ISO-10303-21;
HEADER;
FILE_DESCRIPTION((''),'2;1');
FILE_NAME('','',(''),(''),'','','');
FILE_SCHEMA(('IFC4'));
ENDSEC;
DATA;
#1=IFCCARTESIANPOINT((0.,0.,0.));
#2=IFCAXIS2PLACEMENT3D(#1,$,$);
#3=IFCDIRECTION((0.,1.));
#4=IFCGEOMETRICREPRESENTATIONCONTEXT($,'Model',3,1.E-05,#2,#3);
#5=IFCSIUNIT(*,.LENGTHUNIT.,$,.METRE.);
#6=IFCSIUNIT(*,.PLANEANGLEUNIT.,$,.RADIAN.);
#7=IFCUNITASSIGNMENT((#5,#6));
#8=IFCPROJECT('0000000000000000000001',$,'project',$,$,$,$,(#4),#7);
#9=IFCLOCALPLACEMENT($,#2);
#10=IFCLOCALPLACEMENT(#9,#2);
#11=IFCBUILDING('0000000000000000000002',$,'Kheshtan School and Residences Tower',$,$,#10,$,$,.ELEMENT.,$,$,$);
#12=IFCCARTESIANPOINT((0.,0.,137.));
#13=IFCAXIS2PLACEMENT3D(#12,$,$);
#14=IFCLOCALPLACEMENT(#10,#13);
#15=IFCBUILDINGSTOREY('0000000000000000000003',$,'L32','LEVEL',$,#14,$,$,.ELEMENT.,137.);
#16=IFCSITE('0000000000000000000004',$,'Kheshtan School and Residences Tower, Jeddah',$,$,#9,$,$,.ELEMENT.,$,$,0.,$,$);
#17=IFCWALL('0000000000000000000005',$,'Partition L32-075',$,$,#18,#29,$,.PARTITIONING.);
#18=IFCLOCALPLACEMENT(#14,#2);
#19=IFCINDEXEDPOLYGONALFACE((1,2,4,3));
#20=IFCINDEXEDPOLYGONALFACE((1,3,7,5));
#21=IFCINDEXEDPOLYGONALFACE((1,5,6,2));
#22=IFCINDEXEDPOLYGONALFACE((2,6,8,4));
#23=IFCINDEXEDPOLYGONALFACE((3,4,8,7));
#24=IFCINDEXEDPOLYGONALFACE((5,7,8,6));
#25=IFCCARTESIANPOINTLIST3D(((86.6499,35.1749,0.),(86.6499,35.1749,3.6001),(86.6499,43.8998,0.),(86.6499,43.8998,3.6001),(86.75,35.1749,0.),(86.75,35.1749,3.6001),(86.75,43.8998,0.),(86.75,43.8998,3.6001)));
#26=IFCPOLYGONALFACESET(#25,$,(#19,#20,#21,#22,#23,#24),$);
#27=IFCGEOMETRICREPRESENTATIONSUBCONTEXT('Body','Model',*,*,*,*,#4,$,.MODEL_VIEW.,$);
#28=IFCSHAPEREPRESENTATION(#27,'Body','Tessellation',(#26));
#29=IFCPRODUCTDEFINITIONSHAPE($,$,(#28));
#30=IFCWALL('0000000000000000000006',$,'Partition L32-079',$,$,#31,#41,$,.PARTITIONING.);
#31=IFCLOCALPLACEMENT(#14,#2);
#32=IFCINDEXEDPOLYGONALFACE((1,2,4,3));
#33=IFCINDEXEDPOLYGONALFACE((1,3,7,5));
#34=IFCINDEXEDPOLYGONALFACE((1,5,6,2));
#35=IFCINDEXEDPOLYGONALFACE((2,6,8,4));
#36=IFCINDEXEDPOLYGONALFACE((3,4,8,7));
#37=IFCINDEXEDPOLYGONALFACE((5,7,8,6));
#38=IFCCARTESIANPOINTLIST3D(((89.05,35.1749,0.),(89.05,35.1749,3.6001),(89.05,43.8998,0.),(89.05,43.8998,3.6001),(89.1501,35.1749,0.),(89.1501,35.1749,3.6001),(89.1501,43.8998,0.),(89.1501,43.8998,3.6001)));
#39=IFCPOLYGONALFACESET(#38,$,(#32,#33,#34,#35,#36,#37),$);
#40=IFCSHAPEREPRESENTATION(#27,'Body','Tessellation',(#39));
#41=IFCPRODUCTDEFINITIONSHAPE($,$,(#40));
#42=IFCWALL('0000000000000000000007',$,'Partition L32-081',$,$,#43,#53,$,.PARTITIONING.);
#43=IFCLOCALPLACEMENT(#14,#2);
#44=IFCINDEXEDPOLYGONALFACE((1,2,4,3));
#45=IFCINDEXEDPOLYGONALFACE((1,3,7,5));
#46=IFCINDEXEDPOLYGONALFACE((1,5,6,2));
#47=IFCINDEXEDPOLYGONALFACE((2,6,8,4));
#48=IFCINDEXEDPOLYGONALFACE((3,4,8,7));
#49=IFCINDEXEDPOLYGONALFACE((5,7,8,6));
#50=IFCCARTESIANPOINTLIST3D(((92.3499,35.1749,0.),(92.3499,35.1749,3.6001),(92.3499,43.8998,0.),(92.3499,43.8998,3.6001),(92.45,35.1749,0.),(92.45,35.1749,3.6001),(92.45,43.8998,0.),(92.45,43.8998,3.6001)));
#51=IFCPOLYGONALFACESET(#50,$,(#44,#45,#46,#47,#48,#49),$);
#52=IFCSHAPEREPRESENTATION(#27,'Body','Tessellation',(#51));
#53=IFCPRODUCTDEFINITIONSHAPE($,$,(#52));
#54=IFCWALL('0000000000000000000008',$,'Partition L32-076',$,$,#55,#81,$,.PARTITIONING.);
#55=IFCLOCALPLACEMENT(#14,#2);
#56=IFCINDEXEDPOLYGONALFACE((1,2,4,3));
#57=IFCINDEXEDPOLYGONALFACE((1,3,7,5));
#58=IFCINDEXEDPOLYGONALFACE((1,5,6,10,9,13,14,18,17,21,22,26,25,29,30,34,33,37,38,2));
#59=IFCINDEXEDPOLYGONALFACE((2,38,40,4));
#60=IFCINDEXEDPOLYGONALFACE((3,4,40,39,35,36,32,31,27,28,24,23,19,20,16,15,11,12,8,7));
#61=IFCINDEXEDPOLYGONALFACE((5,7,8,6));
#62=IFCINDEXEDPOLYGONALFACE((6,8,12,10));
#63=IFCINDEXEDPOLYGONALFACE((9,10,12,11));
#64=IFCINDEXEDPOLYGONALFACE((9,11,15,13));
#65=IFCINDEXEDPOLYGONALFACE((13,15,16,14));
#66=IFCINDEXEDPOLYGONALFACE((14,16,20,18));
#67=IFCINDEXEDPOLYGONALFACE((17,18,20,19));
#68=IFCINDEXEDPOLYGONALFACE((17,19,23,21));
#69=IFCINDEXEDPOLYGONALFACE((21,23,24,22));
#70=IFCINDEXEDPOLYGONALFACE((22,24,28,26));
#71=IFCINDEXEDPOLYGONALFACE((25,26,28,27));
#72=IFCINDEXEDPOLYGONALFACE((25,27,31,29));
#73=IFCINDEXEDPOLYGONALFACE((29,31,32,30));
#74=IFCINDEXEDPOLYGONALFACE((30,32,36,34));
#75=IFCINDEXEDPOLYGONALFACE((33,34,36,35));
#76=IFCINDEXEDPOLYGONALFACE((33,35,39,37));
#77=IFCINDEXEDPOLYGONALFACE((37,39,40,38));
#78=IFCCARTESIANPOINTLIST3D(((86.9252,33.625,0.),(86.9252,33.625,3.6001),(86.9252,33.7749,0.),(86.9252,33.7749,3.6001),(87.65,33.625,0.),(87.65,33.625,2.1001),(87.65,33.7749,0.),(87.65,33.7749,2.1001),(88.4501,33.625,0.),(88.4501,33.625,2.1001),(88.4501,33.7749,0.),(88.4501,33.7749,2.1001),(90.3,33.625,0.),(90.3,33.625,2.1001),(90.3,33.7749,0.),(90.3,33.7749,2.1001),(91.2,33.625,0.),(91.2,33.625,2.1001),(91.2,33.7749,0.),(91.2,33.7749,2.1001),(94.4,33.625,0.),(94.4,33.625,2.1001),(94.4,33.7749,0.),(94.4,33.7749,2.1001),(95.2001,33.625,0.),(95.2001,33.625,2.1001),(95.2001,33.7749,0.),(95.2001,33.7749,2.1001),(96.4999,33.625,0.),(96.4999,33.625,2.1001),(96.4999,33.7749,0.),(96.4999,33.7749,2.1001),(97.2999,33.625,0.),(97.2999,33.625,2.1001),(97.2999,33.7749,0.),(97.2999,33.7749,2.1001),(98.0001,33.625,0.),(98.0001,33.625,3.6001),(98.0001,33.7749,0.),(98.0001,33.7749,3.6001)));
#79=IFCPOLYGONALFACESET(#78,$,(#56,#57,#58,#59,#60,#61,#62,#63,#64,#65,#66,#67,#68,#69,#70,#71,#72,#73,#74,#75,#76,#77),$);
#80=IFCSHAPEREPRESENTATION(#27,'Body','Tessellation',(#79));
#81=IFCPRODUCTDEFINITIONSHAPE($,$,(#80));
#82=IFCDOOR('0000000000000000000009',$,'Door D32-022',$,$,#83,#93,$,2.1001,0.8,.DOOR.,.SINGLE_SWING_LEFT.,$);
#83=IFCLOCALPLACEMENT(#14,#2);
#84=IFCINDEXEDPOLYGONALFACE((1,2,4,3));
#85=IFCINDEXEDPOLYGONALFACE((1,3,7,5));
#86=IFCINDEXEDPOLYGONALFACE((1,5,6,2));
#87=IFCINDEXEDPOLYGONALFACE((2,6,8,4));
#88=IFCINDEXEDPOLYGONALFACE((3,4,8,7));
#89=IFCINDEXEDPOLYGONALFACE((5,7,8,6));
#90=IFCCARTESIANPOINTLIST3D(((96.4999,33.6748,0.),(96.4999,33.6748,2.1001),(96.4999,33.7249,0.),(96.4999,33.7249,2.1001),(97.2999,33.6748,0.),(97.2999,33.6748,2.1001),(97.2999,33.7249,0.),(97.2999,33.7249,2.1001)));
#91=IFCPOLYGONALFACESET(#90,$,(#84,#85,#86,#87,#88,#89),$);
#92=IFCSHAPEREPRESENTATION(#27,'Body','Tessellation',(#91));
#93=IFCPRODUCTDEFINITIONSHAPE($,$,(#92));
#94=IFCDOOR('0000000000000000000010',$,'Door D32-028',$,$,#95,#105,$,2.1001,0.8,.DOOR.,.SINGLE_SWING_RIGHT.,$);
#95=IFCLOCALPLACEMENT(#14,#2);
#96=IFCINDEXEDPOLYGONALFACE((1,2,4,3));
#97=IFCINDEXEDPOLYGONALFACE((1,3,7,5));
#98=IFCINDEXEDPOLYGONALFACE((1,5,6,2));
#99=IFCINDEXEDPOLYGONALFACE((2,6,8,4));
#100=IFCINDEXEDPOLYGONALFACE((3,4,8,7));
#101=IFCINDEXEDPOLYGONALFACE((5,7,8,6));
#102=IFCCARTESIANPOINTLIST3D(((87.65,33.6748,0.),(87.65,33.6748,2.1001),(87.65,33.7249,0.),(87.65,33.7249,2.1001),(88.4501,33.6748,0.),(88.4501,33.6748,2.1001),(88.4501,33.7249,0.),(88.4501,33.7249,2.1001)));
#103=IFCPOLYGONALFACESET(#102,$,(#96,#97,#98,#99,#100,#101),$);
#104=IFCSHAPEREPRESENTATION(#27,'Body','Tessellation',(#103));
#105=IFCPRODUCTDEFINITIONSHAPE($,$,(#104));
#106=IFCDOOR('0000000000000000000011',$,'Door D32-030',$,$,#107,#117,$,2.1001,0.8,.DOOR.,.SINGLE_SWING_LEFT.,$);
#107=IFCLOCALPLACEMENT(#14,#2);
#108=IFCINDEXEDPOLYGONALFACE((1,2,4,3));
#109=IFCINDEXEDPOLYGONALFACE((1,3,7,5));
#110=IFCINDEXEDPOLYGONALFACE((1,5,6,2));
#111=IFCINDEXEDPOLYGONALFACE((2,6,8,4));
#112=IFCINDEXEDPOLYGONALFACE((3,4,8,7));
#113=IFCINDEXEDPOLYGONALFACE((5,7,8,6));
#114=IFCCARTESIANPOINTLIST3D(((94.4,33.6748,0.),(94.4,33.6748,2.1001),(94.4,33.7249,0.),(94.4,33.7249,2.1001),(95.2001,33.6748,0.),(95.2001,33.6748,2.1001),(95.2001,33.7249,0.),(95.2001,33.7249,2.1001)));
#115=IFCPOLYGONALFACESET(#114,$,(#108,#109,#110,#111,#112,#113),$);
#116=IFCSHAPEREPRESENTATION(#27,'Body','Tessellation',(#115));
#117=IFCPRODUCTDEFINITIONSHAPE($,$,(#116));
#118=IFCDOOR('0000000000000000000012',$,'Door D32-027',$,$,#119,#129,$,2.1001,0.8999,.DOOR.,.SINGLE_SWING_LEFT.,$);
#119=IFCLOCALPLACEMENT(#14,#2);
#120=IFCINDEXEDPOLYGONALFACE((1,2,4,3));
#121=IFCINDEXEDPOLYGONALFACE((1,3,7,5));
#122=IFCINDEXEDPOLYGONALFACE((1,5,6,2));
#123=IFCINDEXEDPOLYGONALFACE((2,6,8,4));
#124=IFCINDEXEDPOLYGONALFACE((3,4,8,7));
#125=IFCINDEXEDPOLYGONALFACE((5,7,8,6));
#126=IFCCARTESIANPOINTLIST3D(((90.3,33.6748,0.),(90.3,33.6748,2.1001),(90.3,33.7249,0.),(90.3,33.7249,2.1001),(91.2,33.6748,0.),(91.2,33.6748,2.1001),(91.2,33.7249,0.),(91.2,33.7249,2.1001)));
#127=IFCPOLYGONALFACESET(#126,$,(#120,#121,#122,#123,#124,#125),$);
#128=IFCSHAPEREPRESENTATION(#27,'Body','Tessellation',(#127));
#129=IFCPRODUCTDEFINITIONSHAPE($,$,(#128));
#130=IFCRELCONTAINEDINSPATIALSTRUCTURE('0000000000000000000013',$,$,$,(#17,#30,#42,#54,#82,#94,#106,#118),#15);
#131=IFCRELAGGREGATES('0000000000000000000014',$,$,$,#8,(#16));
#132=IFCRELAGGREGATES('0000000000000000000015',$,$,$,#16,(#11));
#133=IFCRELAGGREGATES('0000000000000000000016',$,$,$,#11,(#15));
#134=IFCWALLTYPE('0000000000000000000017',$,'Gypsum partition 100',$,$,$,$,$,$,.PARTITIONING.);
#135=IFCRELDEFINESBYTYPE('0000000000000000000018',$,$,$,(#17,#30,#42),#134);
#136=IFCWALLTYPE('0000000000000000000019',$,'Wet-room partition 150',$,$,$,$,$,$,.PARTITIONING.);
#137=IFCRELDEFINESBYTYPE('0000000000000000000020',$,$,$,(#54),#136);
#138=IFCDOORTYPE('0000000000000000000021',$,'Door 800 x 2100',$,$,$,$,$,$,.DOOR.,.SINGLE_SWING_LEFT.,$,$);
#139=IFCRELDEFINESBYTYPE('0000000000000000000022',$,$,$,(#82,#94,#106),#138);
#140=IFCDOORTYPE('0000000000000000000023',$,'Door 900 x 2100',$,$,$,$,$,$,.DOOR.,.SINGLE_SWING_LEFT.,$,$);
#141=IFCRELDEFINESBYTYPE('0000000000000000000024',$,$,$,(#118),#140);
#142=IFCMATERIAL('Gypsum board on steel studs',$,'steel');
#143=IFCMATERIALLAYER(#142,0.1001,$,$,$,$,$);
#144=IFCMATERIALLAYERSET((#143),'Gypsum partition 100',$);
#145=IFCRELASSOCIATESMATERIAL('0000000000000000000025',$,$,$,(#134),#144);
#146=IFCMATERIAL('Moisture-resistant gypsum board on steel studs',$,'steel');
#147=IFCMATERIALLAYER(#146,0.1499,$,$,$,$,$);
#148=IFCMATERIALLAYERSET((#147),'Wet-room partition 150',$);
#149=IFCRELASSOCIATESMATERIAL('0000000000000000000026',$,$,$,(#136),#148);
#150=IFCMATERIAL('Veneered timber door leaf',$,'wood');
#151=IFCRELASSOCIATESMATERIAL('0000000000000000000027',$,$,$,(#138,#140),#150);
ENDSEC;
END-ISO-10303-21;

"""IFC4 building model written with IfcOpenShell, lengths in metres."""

from ifc_helpers import new_model, si_unit, direction, frame, frame_2d, origin, place, context, subcontext, project, spatial, rectangle, extrude, source, transform, mapped, material, layer, layer_set, type_object, element, fill, save


model = new_model("IFC4")

# Units and contexts
model_context = context("Model", 3, precision=1e-05, world=origin(), true_north=direction((0.0, 1.0)))
body_context = subcontext(model_context, "Body", "Model", "MODEL_VIEW")
ifc_project = project(units=[si_unit("LENGTHUNIT", "METRE"), si_unit("PLANEANGLEUNIT", "RADIAN")], contexts=[model_context])

# Site, building, storey
site_placement = place(None, origin())
site = spatial("IfcSite", under=ifc_project, at=site_placement, Name="Kheshtan School and Residences Tower, Jeddah", CompositionType="ELEMENT", RefElevation=0.0)
building_placement = place(site_placement, origin())
building = spatial("IfcBuilding", under=site, at=building_placement, Name="Kheshtan School and Residences Tower", CompositionType="ELEMENT")
storey_placement = place(building_placement, frame((0.0, 0.0, 137.0)))
storey = spatial("IfcBuildingStorey", under=building, at=storey_placement, Name="L32", Description="LEVEL", CompositionType="ELEMENT", Elevation=137.0)

# Walls
ifc_material_1 = material(Name="Gypsum board on steel studs", Category="steel")
ifc_layer_1 = layer(ifc_material_1, 0.1001)
ifc_layer_set_1 = layer_set([ifc_layer_1], Name="Gypsum partition 100")
wall_type_1 = type_object("IfcWallType", Name="Gypsum partition 100", PredefinedType="PARTITIONING", material=ifc_layer_set_1)
for number, where, z_axis, x_axis, name in (
    (1, (86.7, 35.175, 0.0), (0.0, 0.0, 1.0), (0.0, 1.0, 0.0), "Partition L32-075"),
    (2, (89.1001, 35.175, 0.0), (0.0, 0.0, 1.0), (0.0, 1.0, 0.0), "Partition L32-079"),
    (3, (92.3999, 35.175, 0.0), (0.0, 0.0, 1.0), (0.0, 1.0, 0.0), "Partition L32-081"),
):
    element("IfcWall", number, at=place(storey_placement, frame(where, z_axis=z_axis, x_axis=x_axis)), inside=storey, type_object=wall_type_1, Name=name, PredefinedType="PARTITIONING", context=body_context, shape_type="SweptSolid", body=[
        extrude(rectangle(XDim=8.7249, YDim=0.1001, at=frame_2d((4.3623, 0.0))), origin(), (0.0, 0.0, 1.0), 3.6001),
    ])

# Wall, openings, doors
ifc_material_2 = material(Name="Moisture-resistant gypsum board on steel studs", Category="steel")
ifc_layer_2 = layer(ifc_material_2, 0.1499)
ifc_layer_set_2 = layer_set([ifc_layer_2], Name="Wet-room partition 150")
wall_type_2 = type_object("IfcWallType", Name="Wet-room partition 150", PredefinedType="PARTITIONING", material=ifc_layer_set_2)
wall_placement = place(storey_placement, frame((86.925, 33.7, 0.0), z_axis=(0.0, 0.0, 1.0), x_axis=(1.0, 0.0, 0.0)))
wall = element("IfcWall", 4, at=wall_placement, inside=storey, type_object=wall_type_2, Name="Partition L32-076", PredefinedType="PARTITIONING", context=body_context, shape_type="SweptSolid", body=[
    extrude(rectangle(XDim=11.075, YDim=0.1499, at=frame_2d((5.5376, 0.0))), origin(), (0.0, 0.0, 1.0), 3.6001),
])
opening_1_placement = place(wall_placement, frame((9.575, 0.0, 0.0)))
opening_1 = element("IfcOpeningElement", 5, at=opening_1_placement, cuts=wall, PredefinedType="OPENING", context=body_context, shape_type="SweptSolid", body=[
    extrude(rectangle(XDim=0.8, YDim=2.1001, at=frame_2d((0.3999, 1.05))), frame((0.0, 0.085, 0.0), z_axis=(0.0, -1.0, 0.0), x_axis=(1.0, 0.0, 0.0)), (0.0, 0.0, 1.0), 0.1699),
])
opening_2_placement = place(wall_placement, frame((3.375, 0.0, 0.0)))
opening_2 = element("IfcOpeningElement", 6, at=opening_2_placement, cuts=wall, PredefinedType="OPENING", context=body_context, shape_type="SweptSolid", body=[
    extrude(rectangle(XDim=0.8999, YDim=2.1001, at=frame_2d((0.45, 1.05))), frame((0.0, 0.085, 0.0), z_axis=(0.0, -1.0, 0.0), x_axis=(1.0, 0.0, 0.0)), (0.0, 0.0, 1.0), 0.1699),
])
opening_3_placement = place(wall_placement, frame((0.7251, 0.0, 0.0)))
opening_3 = element("IfcOpeningElement", 7, at=opening_3_placement, cuts=wall, PredefinedType="OPENING", context=body_context, shape_type="SweptSolid", body=[
    extrude(rectangle(XDim=0.8, YDim=2.1001, at=frame_2d((0.3999, 1.05))), frame((0.0, 0.085, 0.0), z_axis=(0.0, -1.0, 0.0), x_axis=(1.0, 0.0, 0.0)), (0.0, 0.0, 1.0), 0.1699),
])
opening_4_placement = place(wall_placement, frame((7.4751, 0.0, 0.0)))
opening_4 = element("IfcOpeningElement", 8, at=opening_4_placement, cuts=wall, PredefinedType="OPENING", context=body_context, shape_type="SweptSolid", body=[
    extrude(rectangle(XDim=0.8, YDim=2.1001, at=frame_2d((0.3999, 1.05))), frame((0.0, 0.085, 0.0), z_axis=(0.0, -1.0, 0.0), x_axis=(1.0, 0.0, 0.0)), (0.0, 0.0, 1.0), 0.1699),
])
ifc_material_3 = material(Name="Veneered timber door leaf", Category="wood")
door_type_1 = type_object("IfcDoorType", Name="Door 800 x 2100", OperationType="SINGLE_SWING_LEFT", PredefinedType="DOOR", material=ifc_material_3)
shared_shape_1 = source(origin(), body_context, "Body", "SweptSolid", [
    extrude(rectangle(XDim=0.8, YDim=2.1001, at=frame_2d((0.3999, 1.05))), frame((0.0, 0.0249, 0.0), z_axis=(0.0, -1.0, 0.0), x_axis=(1.0, 0.0, 0.0)), (0.0, 0.0, 1.0), 0.05),
])
door_1_placement = place(opening_1_placement, origin())
door_1 = element("IfcDoor", 9, at=door_1_placement, inside=storey, type_object=door_type_1, Name="Door D32-022", OperationType="SINGLE_SWING_LEFT", OverallHeight=2.1001, OverallWidth=0.8, PredefinedType="DOOR", context=body_context, shape_type="MappedRepresentation", body=[
    mapped(shared_shape_1, transform((0.0, 0.0, 0.0), x_axis=(1.0, 0.0, 0.0), y_axis=(0.0, 1.0, 0.0), z_axis=(0.0, 0.0, 1.0), scale=1.0)),
])
fill(opening_1, door_1)
door_2_placement = place(opening_3_placement, origin())
door_2 = element("IfcDoor", 10, at=door_2_placement, inside=storey, type_object=door_type_1, Name="Door D32-028", OperationType="SINGLE_SWING_RIGHT", OverallHeight=2.1001, OverallWidth=0.8, PredefinedType="DOOR", context=body_context, shape_type="MappedRepresentation", body=[
    mapped(shared_shape_1, transform((0.0, 0.0, 0.0), x_axis=(1.0, 0.0, 0.0), y_axis=(0.0, 1.0, 0.0), z_axis=(0.0, 0.0, 1.0), scale=1.0)),
])
fill(opening_3, door_2)
door_3_placement = place(opening_4_placement, origin())
door_3 = element("IfcDoor", 11, at=door_3_placement, inside=storey, type_object=door_type_1, Name="Door D32-030", OperationType="SINGLE_SWING_LEFT", OverallHeight=2.1001, OverallWidth=0.8, PredefinedType="DOOR", context=body_context, shape_type="MappedRepresentation", body=[
    mapped(shared_shape_1, transform((0.0, 0.0, 0.0), x_axis=(1.0, 0.0, 0.0), y_axis=(0.0, 1.0, 0.0), z_axis=(0.0, 0.0, 1.0), scale=1.0)),
])
fill(opening_4, door_3)
door_type_2 = type_object("IfcDoorType", Name="Door 900 x 2100", OperationType="SINGLE_SWING_LEFT", PredefinedType="DOOR", material=ifc_material_3)
shared_shape_2 = source(origin(), body_context, "Body", "SweptSolid", [
    extrude(rectangle(XDim=0.8999, YDim=2.1001, at=frame_2d((0.45, 1.05))), frame((0.0, 0.0249, 0.0), z_axis=(0.0, -1.0, 0.0), x_axis=(1.0, 0.0, 0.0)), (0.0, 0.0, 1.0), 0.05),
])
door_4_placement = place(opening_2_placement, origin())
door_4 = element("IfcDoor", 12, at=door_4_placement, inside=storey, type_object=door_type_2, Name="Door D32-027", OperationType="SINGLE_SWING_LEFT", OverallHeight=2.1001, OverallWidth=0.8999, PredefinedType="DOOR", context=body_context, shape_type="MappedRepresentation", body=[
    mapped(shared_shape_2, transform((0.0, 0.0, 0.0), x_axis=(1.0, 0.0, 0.0), y_axis=(0.0, 1.0, 0.0), z_axis=(0.0, 0.0, 1.0), scale=1.0)),
])
fill(opening_2, door_4)

save(model, "model.ifc")
